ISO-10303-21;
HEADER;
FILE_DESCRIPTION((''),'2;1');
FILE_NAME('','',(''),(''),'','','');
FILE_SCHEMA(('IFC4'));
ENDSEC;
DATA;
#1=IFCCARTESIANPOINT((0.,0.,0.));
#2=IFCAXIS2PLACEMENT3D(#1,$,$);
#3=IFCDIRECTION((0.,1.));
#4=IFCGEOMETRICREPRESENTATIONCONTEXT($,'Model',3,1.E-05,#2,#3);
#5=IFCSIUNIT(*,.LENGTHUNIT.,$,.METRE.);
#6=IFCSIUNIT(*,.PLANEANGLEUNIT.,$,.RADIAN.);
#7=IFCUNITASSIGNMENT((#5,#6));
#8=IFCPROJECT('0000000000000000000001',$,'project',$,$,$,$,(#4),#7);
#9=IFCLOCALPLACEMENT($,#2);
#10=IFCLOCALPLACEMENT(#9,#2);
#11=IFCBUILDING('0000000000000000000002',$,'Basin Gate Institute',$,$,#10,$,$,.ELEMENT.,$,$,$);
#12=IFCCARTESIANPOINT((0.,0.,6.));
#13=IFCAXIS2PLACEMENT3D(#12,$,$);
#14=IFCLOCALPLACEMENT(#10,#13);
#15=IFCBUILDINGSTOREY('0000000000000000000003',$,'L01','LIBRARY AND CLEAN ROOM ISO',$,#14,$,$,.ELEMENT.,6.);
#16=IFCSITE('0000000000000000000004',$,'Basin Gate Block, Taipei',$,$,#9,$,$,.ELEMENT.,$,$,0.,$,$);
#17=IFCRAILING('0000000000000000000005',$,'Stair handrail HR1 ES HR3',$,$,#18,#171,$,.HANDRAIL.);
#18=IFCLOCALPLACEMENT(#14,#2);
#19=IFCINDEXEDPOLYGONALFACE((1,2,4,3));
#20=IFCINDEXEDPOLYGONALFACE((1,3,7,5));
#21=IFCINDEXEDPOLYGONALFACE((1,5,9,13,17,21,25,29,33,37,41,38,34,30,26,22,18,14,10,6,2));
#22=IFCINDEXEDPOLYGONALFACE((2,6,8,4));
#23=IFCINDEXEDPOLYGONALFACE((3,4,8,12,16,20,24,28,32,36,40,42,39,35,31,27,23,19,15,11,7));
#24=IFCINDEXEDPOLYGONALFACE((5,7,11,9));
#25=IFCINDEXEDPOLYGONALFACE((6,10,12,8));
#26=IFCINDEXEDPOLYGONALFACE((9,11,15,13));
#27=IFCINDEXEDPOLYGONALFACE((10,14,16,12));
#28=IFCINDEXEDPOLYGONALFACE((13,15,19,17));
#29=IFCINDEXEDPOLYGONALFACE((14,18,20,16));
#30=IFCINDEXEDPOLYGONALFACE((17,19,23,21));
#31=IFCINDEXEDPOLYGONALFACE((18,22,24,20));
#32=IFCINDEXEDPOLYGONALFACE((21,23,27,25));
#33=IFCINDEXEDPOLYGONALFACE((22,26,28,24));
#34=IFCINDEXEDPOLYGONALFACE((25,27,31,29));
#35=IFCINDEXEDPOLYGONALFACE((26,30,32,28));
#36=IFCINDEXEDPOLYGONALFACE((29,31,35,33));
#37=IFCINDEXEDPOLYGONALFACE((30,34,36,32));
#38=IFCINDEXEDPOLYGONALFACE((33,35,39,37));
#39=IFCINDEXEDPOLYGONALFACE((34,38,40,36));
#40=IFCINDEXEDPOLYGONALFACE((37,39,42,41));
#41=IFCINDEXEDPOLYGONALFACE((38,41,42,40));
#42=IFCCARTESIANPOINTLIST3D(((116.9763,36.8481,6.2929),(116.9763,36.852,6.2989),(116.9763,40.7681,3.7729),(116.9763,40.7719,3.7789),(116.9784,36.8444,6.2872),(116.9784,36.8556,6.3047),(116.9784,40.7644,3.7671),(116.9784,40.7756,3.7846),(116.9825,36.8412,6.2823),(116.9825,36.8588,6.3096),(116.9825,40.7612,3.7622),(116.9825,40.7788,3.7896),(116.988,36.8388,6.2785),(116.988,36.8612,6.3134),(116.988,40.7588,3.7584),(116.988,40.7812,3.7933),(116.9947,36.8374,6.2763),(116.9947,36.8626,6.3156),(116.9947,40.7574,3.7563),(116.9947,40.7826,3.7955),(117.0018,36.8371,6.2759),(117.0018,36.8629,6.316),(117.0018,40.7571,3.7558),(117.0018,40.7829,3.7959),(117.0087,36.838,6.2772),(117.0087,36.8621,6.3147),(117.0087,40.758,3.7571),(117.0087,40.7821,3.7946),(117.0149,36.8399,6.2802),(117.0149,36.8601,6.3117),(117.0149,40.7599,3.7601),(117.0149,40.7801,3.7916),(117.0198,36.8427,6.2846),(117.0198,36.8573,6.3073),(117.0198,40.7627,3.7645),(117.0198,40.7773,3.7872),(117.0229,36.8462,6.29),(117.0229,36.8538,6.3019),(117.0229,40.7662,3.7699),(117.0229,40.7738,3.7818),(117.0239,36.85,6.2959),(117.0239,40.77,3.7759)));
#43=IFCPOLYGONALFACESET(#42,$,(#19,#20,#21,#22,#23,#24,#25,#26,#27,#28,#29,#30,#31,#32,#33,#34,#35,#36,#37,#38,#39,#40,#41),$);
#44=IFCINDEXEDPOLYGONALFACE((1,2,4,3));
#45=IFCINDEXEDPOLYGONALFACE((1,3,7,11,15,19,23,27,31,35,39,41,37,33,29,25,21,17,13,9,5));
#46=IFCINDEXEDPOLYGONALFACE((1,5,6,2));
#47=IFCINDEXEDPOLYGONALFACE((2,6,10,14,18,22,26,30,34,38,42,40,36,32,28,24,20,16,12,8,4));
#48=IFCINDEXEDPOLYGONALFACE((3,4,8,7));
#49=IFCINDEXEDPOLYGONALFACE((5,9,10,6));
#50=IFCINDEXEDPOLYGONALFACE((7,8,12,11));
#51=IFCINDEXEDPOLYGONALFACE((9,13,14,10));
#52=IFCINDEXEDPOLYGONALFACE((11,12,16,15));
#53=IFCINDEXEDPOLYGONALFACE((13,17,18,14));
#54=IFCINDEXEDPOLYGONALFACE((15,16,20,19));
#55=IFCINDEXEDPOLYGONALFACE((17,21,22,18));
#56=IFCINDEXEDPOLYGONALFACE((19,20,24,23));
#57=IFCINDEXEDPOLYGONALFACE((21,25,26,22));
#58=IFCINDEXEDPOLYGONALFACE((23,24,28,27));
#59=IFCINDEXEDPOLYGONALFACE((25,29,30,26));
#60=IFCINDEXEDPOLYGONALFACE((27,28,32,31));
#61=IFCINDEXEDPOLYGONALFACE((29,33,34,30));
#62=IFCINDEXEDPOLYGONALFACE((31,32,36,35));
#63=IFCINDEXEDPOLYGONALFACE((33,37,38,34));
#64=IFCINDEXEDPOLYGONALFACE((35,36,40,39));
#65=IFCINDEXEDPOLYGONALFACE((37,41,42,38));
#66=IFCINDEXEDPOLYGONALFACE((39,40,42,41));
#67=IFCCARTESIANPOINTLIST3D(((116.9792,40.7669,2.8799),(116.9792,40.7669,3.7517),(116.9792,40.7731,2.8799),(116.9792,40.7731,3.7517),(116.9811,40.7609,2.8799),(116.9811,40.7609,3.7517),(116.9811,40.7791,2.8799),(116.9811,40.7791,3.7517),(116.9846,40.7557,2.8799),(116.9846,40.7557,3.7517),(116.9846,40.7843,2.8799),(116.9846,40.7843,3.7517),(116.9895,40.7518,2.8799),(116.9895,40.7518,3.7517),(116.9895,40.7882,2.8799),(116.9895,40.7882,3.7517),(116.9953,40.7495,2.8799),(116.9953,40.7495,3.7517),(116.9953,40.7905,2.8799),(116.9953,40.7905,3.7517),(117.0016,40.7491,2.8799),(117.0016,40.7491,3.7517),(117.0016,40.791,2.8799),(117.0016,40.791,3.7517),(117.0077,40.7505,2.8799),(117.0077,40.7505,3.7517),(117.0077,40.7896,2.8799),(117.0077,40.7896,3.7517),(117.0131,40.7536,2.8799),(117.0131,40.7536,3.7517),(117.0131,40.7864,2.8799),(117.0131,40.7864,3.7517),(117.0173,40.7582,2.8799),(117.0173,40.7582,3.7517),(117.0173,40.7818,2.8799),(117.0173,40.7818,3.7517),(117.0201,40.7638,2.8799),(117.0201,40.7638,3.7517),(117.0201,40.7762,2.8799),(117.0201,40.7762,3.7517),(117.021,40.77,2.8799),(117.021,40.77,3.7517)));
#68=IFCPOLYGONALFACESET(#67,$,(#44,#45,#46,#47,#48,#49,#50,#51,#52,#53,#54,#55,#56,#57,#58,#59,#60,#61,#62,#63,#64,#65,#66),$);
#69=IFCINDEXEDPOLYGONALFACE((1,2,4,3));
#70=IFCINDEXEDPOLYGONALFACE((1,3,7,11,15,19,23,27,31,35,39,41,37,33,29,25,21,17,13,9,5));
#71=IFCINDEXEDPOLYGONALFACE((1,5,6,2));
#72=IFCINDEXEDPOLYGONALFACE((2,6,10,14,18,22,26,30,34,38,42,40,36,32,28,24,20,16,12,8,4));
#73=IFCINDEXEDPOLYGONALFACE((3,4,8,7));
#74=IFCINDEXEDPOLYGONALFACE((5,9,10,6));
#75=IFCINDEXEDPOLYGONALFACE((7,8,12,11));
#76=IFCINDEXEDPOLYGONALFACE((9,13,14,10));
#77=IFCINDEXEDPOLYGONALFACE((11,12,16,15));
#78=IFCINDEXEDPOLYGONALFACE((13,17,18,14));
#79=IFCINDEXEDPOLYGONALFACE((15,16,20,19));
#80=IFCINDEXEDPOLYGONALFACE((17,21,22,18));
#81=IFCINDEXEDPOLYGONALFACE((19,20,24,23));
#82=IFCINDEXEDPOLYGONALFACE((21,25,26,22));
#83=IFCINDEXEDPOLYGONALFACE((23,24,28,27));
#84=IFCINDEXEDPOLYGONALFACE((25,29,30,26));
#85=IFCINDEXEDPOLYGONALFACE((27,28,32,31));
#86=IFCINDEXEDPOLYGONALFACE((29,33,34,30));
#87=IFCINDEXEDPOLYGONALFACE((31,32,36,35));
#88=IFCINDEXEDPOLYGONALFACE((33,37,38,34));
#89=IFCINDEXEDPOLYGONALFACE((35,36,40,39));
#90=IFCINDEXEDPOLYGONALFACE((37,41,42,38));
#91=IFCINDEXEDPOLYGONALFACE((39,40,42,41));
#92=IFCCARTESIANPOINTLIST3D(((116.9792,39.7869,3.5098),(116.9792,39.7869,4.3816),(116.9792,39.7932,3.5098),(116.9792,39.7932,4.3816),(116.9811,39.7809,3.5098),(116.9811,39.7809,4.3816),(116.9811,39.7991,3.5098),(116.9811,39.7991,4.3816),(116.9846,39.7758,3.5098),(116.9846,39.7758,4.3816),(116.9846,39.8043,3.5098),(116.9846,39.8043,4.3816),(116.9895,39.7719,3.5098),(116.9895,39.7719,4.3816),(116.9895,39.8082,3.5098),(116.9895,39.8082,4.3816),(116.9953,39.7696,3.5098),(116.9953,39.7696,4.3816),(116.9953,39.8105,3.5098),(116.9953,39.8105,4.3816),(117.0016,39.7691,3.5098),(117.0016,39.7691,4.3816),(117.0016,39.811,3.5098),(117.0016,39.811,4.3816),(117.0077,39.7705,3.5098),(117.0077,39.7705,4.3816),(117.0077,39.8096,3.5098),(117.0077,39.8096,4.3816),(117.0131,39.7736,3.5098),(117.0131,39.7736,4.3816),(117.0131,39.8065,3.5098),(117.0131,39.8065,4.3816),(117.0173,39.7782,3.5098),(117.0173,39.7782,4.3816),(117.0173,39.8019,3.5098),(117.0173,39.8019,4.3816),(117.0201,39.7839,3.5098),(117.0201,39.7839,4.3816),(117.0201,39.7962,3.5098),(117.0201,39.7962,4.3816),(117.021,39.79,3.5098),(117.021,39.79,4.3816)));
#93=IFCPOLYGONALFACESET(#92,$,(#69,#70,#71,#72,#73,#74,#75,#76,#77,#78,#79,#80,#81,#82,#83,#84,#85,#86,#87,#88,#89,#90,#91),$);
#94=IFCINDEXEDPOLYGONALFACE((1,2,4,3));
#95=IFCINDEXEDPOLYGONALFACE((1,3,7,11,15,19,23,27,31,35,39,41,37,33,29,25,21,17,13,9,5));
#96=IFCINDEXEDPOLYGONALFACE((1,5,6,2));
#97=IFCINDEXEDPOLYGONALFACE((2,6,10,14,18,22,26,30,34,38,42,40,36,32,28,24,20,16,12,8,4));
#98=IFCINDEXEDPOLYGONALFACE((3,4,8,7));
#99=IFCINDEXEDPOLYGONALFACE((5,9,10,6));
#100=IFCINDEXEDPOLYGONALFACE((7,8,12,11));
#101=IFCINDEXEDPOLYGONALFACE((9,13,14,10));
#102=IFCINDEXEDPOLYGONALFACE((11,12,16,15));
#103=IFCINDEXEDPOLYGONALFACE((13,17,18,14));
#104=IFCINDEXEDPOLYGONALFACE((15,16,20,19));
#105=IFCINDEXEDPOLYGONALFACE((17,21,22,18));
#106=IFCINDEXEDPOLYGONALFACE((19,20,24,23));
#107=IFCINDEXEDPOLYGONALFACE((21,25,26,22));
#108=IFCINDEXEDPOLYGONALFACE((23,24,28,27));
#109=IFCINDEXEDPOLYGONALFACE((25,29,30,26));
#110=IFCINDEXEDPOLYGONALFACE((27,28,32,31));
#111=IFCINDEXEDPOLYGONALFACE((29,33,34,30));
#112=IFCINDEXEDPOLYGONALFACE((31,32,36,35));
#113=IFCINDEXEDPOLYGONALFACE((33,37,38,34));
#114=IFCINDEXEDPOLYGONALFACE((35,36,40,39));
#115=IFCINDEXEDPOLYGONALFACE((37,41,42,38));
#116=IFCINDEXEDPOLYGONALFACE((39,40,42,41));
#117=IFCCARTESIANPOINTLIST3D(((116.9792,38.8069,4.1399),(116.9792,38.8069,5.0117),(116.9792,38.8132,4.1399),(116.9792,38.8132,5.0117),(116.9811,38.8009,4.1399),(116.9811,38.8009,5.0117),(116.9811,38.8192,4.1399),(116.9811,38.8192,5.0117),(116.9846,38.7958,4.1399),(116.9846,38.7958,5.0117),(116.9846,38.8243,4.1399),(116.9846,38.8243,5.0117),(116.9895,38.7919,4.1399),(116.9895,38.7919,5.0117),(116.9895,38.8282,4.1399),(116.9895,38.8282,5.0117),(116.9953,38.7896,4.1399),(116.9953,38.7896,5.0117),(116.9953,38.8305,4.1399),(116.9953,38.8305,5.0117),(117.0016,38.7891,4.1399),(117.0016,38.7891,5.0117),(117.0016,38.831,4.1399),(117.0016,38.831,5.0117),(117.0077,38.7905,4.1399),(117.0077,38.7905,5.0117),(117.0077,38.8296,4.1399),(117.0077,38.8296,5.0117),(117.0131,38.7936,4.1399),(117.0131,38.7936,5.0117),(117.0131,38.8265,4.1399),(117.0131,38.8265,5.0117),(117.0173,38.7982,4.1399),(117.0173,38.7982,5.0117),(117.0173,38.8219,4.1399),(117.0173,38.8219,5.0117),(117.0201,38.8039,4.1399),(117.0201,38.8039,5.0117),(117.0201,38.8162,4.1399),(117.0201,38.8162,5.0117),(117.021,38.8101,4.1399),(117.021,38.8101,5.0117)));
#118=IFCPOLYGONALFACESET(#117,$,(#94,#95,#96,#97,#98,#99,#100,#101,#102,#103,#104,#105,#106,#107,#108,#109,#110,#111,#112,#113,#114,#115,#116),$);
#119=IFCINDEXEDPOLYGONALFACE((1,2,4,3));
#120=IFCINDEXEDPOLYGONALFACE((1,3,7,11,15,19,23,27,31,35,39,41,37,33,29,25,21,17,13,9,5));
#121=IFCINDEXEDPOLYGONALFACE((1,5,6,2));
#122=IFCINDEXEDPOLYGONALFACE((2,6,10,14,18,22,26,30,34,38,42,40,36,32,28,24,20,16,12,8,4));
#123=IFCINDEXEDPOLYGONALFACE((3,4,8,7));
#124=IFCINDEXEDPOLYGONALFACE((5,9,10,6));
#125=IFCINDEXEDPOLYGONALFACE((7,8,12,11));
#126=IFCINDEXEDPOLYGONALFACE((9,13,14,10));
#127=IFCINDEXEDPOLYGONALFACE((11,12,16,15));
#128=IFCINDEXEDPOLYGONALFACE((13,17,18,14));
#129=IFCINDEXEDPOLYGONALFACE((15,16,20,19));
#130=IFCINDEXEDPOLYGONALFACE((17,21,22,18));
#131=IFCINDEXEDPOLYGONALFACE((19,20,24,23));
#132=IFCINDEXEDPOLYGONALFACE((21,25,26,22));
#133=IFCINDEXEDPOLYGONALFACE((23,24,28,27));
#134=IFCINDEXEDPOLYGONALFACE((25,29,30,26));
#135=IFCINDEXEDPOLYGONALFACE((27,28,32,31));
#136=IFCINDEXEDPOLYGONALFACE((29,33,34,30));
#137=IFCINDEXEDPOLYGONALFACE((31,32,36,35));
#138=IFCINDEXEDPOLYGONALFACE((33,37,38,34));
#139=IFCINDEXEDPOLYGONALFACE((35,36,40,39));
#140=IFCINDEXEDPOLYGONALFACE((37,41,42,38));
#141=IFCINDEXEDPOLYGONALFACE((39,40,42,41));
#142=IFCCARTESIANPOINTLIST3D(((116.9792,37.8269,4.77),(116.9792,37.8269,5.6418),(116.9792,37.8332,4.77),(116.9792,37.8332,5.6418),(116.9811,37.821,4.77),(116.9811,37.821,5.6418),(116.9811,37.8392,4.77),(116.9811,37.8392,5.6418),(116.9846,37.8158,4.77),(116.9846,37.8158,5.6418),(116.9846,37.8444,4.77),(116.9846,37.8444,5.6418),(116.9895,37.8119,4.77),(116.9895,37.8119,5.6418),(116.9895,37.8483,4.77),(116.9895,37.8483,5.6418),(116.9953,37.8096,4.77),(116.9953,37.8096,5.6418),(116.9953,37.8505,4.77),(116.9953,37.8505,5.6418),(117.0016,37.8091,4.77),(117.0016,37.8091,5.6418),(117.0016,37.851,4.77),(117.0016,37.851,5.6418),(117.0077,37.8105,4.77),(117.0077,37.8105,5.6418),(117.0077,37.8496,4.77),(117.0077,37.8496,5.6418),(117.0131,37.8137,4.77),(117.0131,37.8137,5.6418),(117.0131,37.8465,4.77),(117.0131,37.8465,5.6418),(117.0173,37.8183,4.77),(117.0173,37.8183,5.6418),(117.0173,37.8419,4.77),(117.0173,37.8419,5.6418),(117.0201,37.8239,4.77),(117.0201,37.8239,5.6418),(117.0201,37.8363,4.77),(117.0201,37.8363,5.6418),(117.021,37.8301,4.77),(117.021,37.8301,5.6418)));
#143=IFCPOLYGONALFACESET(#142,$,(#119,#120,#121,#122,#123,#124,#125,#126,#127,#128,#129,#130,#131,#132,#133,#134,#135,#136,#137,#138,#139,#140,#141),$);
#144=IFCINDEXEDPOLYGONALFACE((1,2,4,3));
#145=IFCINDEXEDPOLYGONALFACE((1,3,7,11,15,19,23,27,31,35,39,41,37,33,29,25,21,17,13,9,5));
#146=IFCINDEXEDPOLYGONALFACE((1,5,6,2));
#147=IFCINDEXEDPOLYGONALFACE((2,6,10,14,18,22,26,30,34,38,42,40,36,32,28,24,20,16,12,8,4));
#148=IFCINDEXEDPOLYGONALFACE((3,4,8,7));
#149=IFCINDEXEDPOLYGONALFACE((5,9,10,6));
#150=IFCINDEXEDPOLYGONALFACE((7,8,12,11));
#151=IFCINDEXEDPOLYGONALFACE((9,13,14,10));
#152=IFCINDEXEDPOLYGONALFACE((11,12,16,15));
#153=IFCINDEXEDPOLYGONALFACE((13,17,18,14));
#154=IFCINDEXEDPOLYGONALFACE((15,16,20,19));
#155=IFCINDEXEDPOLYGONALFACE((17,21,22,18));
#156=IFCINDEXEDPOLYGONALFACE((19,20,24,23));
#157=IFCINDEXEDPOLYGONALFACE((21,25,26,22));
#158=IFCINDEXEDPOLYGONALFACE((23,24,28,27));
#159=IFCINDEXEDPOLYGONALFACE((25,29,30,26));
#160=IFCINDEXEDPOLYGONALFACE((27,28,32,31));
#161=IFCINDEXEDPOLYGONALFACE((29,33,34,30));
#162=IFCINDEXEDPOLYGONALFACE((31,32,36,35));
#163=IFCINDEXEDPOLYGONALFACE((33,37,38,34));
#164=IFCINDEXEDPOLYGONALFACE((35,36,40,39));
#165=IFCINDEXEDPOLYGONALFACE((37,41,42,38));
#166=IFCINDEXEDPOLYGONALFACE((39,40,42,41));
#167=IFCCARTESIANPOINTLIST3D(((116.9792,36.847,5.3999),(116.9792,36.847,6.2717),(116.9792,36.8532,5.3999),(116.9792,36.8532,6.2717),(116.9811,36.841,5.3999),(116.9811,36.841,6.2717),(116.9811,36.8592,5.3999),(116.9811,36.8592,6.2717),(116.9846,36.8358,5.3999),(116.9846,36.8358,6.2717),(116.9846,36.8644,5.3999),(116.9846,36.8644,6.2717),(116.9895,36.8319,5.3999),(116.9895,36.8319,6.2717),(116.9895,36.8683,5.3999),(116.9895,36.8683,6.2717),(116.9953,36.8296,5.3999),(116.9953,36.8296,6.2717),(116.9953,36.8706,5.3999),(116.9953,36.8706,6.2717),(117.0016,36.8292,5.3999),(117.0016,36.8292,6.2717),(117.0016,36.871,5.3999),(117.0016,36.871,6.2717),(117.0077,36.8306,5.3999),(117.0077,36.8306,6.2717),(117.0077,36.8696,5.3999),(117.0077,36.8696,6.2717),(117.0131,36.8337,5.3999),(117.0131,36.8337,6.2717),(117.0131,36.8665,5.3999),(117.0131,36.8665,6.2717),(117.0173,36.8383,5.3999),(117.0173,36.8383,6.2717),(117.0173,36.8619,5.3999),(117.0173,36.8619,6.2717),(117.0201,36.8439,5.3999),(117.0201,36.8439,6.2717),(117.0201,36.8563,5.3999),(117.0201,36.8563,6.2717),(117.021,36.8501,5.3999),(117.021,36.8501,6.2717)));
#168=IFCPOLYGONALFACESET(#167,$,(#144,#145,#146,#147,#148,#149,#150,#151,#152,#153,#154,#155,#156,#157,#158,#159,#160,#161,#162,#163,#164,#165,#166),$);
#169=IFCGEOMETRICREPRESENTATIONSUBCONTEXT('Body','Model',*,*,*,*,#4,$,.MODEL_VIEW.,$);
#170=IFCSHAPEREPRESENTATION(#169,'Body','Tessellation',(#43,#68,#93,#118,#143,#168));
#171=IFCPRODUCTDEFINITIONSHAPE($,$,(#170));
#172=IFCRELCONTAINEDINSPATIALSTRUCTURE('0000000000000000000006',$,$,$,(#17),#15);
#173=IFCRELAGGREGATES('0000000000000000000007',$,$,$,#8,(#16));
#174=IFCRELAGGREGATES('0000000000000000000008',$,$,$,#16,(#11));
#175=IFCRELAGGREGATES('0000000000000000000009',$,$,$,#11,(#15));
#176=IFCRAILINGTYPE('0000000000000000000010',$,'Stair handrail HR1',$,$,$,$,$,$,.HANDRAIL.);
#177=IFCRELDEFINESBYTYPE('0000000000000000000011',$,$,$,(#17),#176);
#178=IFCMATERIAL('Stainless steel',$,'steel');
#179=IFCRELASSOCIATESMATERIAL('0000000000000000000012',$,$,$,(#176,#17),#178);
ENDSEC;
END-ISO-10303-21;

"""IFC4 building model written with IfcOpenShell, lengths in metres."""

from ifc_helpers import new_model, si_unit, direction, frame, origin, origin_2d, place, context, subcontext, project, spatial, circle, extrude, material, type_object, element, save


model = new_model("IFC4")

# Units and contexts
model_context = context("Model", 3, precision=1e-05, world=origin(), true_north=direction((0.0, 1.0)))
body_context = subcontext(model_context, "Body", "Model", "MODEL_VIEW")
ifc_project = project(units=[si_unit("LENGTHUNIT", "METRE"), si_unit("PLANEANGLEUNIT", "RADIAN")], contexts=[model_context])

# Site, building, storey
site_placement = place(None, origin())
site = spatial("IfcSite", under=ifc_project, at=site_placement, Name="Basin Gate Block, Taipei", CompositionType="ELEMENT", RefElevation=0.0)
building_placement = place(site_placement, origin())
building = spatial("IfcBuilding", under=site, at=building_placement, Name="Basin Gate Institute", CompositionType="ELEMENT")
storey_placement = place(building_placement, frame((0.0, 0.0, 6.0)))
storey = spatial("IfcBuildingStorey", under=building, at=storey_placement, Name="L01", Description="LIBRARY AND CLEAN ROOM ISO", CompositionType="ELEMENT", Elevation=6.0)

# Railing
ifc_material_1 = material(Name="Stainless steel", Category="steel")
railing_type_1 = type_object("IfcRailingType", Name="Stair handrail HR1", PredefinedType="HANDRAIL", material=ifc_material_1)
railing_1_placement = place(storey_placement, frame((117.0, 40.77, 2.8799)))
element("IfcRailing", 1, at=railing_1_placement, inside=storey, type_object=railing_type_1, material=ifc_material_1, Name="Stair handrail HR1 ES HR3", PredefinedType="HANDRAIL", context=body_context, shape_type="SweptSolid", body=[
    extrude(circle(Radius=0.0239, at=origin_2d()), frame((0.0, 0.0, 0.896), z_axis=(0.0, -0.841172, 0.540768), x_axis=(1.0, 0.0, 0.0)), (0.0, 0.0, 1.0), 4.6602),
    extrude(circle(Radius=0.021, at=origin_2d()), origin(), (0.0, 0.0, 1.0), 0.8718),
    extrude(circle(Radius=0.021, at=origin_2d()), frame((0.0, -0.98, 0.6299)), (0.0, 0.0, 1.0), 0.8718),
    extrude(circle(Radius=0.021, at=origin_2d()), frame((0.0, -1.96, 1.26)), (0.0, 0.0, 1.0), 0.8718),
    extrude(circle(Radius=0.021, at=origin_2d()), frame((0.0, -2.9399, 1.8901)), (0.0, 0.0, 1.0), 0.8718),
    extrude(circle(Radius=0.021, at=origin_2d()), frame((0.0, -3.9199, 2.52)), (0.0, 0.0, 1.0), 0.8718),
])

save(model, "model.ifc")
